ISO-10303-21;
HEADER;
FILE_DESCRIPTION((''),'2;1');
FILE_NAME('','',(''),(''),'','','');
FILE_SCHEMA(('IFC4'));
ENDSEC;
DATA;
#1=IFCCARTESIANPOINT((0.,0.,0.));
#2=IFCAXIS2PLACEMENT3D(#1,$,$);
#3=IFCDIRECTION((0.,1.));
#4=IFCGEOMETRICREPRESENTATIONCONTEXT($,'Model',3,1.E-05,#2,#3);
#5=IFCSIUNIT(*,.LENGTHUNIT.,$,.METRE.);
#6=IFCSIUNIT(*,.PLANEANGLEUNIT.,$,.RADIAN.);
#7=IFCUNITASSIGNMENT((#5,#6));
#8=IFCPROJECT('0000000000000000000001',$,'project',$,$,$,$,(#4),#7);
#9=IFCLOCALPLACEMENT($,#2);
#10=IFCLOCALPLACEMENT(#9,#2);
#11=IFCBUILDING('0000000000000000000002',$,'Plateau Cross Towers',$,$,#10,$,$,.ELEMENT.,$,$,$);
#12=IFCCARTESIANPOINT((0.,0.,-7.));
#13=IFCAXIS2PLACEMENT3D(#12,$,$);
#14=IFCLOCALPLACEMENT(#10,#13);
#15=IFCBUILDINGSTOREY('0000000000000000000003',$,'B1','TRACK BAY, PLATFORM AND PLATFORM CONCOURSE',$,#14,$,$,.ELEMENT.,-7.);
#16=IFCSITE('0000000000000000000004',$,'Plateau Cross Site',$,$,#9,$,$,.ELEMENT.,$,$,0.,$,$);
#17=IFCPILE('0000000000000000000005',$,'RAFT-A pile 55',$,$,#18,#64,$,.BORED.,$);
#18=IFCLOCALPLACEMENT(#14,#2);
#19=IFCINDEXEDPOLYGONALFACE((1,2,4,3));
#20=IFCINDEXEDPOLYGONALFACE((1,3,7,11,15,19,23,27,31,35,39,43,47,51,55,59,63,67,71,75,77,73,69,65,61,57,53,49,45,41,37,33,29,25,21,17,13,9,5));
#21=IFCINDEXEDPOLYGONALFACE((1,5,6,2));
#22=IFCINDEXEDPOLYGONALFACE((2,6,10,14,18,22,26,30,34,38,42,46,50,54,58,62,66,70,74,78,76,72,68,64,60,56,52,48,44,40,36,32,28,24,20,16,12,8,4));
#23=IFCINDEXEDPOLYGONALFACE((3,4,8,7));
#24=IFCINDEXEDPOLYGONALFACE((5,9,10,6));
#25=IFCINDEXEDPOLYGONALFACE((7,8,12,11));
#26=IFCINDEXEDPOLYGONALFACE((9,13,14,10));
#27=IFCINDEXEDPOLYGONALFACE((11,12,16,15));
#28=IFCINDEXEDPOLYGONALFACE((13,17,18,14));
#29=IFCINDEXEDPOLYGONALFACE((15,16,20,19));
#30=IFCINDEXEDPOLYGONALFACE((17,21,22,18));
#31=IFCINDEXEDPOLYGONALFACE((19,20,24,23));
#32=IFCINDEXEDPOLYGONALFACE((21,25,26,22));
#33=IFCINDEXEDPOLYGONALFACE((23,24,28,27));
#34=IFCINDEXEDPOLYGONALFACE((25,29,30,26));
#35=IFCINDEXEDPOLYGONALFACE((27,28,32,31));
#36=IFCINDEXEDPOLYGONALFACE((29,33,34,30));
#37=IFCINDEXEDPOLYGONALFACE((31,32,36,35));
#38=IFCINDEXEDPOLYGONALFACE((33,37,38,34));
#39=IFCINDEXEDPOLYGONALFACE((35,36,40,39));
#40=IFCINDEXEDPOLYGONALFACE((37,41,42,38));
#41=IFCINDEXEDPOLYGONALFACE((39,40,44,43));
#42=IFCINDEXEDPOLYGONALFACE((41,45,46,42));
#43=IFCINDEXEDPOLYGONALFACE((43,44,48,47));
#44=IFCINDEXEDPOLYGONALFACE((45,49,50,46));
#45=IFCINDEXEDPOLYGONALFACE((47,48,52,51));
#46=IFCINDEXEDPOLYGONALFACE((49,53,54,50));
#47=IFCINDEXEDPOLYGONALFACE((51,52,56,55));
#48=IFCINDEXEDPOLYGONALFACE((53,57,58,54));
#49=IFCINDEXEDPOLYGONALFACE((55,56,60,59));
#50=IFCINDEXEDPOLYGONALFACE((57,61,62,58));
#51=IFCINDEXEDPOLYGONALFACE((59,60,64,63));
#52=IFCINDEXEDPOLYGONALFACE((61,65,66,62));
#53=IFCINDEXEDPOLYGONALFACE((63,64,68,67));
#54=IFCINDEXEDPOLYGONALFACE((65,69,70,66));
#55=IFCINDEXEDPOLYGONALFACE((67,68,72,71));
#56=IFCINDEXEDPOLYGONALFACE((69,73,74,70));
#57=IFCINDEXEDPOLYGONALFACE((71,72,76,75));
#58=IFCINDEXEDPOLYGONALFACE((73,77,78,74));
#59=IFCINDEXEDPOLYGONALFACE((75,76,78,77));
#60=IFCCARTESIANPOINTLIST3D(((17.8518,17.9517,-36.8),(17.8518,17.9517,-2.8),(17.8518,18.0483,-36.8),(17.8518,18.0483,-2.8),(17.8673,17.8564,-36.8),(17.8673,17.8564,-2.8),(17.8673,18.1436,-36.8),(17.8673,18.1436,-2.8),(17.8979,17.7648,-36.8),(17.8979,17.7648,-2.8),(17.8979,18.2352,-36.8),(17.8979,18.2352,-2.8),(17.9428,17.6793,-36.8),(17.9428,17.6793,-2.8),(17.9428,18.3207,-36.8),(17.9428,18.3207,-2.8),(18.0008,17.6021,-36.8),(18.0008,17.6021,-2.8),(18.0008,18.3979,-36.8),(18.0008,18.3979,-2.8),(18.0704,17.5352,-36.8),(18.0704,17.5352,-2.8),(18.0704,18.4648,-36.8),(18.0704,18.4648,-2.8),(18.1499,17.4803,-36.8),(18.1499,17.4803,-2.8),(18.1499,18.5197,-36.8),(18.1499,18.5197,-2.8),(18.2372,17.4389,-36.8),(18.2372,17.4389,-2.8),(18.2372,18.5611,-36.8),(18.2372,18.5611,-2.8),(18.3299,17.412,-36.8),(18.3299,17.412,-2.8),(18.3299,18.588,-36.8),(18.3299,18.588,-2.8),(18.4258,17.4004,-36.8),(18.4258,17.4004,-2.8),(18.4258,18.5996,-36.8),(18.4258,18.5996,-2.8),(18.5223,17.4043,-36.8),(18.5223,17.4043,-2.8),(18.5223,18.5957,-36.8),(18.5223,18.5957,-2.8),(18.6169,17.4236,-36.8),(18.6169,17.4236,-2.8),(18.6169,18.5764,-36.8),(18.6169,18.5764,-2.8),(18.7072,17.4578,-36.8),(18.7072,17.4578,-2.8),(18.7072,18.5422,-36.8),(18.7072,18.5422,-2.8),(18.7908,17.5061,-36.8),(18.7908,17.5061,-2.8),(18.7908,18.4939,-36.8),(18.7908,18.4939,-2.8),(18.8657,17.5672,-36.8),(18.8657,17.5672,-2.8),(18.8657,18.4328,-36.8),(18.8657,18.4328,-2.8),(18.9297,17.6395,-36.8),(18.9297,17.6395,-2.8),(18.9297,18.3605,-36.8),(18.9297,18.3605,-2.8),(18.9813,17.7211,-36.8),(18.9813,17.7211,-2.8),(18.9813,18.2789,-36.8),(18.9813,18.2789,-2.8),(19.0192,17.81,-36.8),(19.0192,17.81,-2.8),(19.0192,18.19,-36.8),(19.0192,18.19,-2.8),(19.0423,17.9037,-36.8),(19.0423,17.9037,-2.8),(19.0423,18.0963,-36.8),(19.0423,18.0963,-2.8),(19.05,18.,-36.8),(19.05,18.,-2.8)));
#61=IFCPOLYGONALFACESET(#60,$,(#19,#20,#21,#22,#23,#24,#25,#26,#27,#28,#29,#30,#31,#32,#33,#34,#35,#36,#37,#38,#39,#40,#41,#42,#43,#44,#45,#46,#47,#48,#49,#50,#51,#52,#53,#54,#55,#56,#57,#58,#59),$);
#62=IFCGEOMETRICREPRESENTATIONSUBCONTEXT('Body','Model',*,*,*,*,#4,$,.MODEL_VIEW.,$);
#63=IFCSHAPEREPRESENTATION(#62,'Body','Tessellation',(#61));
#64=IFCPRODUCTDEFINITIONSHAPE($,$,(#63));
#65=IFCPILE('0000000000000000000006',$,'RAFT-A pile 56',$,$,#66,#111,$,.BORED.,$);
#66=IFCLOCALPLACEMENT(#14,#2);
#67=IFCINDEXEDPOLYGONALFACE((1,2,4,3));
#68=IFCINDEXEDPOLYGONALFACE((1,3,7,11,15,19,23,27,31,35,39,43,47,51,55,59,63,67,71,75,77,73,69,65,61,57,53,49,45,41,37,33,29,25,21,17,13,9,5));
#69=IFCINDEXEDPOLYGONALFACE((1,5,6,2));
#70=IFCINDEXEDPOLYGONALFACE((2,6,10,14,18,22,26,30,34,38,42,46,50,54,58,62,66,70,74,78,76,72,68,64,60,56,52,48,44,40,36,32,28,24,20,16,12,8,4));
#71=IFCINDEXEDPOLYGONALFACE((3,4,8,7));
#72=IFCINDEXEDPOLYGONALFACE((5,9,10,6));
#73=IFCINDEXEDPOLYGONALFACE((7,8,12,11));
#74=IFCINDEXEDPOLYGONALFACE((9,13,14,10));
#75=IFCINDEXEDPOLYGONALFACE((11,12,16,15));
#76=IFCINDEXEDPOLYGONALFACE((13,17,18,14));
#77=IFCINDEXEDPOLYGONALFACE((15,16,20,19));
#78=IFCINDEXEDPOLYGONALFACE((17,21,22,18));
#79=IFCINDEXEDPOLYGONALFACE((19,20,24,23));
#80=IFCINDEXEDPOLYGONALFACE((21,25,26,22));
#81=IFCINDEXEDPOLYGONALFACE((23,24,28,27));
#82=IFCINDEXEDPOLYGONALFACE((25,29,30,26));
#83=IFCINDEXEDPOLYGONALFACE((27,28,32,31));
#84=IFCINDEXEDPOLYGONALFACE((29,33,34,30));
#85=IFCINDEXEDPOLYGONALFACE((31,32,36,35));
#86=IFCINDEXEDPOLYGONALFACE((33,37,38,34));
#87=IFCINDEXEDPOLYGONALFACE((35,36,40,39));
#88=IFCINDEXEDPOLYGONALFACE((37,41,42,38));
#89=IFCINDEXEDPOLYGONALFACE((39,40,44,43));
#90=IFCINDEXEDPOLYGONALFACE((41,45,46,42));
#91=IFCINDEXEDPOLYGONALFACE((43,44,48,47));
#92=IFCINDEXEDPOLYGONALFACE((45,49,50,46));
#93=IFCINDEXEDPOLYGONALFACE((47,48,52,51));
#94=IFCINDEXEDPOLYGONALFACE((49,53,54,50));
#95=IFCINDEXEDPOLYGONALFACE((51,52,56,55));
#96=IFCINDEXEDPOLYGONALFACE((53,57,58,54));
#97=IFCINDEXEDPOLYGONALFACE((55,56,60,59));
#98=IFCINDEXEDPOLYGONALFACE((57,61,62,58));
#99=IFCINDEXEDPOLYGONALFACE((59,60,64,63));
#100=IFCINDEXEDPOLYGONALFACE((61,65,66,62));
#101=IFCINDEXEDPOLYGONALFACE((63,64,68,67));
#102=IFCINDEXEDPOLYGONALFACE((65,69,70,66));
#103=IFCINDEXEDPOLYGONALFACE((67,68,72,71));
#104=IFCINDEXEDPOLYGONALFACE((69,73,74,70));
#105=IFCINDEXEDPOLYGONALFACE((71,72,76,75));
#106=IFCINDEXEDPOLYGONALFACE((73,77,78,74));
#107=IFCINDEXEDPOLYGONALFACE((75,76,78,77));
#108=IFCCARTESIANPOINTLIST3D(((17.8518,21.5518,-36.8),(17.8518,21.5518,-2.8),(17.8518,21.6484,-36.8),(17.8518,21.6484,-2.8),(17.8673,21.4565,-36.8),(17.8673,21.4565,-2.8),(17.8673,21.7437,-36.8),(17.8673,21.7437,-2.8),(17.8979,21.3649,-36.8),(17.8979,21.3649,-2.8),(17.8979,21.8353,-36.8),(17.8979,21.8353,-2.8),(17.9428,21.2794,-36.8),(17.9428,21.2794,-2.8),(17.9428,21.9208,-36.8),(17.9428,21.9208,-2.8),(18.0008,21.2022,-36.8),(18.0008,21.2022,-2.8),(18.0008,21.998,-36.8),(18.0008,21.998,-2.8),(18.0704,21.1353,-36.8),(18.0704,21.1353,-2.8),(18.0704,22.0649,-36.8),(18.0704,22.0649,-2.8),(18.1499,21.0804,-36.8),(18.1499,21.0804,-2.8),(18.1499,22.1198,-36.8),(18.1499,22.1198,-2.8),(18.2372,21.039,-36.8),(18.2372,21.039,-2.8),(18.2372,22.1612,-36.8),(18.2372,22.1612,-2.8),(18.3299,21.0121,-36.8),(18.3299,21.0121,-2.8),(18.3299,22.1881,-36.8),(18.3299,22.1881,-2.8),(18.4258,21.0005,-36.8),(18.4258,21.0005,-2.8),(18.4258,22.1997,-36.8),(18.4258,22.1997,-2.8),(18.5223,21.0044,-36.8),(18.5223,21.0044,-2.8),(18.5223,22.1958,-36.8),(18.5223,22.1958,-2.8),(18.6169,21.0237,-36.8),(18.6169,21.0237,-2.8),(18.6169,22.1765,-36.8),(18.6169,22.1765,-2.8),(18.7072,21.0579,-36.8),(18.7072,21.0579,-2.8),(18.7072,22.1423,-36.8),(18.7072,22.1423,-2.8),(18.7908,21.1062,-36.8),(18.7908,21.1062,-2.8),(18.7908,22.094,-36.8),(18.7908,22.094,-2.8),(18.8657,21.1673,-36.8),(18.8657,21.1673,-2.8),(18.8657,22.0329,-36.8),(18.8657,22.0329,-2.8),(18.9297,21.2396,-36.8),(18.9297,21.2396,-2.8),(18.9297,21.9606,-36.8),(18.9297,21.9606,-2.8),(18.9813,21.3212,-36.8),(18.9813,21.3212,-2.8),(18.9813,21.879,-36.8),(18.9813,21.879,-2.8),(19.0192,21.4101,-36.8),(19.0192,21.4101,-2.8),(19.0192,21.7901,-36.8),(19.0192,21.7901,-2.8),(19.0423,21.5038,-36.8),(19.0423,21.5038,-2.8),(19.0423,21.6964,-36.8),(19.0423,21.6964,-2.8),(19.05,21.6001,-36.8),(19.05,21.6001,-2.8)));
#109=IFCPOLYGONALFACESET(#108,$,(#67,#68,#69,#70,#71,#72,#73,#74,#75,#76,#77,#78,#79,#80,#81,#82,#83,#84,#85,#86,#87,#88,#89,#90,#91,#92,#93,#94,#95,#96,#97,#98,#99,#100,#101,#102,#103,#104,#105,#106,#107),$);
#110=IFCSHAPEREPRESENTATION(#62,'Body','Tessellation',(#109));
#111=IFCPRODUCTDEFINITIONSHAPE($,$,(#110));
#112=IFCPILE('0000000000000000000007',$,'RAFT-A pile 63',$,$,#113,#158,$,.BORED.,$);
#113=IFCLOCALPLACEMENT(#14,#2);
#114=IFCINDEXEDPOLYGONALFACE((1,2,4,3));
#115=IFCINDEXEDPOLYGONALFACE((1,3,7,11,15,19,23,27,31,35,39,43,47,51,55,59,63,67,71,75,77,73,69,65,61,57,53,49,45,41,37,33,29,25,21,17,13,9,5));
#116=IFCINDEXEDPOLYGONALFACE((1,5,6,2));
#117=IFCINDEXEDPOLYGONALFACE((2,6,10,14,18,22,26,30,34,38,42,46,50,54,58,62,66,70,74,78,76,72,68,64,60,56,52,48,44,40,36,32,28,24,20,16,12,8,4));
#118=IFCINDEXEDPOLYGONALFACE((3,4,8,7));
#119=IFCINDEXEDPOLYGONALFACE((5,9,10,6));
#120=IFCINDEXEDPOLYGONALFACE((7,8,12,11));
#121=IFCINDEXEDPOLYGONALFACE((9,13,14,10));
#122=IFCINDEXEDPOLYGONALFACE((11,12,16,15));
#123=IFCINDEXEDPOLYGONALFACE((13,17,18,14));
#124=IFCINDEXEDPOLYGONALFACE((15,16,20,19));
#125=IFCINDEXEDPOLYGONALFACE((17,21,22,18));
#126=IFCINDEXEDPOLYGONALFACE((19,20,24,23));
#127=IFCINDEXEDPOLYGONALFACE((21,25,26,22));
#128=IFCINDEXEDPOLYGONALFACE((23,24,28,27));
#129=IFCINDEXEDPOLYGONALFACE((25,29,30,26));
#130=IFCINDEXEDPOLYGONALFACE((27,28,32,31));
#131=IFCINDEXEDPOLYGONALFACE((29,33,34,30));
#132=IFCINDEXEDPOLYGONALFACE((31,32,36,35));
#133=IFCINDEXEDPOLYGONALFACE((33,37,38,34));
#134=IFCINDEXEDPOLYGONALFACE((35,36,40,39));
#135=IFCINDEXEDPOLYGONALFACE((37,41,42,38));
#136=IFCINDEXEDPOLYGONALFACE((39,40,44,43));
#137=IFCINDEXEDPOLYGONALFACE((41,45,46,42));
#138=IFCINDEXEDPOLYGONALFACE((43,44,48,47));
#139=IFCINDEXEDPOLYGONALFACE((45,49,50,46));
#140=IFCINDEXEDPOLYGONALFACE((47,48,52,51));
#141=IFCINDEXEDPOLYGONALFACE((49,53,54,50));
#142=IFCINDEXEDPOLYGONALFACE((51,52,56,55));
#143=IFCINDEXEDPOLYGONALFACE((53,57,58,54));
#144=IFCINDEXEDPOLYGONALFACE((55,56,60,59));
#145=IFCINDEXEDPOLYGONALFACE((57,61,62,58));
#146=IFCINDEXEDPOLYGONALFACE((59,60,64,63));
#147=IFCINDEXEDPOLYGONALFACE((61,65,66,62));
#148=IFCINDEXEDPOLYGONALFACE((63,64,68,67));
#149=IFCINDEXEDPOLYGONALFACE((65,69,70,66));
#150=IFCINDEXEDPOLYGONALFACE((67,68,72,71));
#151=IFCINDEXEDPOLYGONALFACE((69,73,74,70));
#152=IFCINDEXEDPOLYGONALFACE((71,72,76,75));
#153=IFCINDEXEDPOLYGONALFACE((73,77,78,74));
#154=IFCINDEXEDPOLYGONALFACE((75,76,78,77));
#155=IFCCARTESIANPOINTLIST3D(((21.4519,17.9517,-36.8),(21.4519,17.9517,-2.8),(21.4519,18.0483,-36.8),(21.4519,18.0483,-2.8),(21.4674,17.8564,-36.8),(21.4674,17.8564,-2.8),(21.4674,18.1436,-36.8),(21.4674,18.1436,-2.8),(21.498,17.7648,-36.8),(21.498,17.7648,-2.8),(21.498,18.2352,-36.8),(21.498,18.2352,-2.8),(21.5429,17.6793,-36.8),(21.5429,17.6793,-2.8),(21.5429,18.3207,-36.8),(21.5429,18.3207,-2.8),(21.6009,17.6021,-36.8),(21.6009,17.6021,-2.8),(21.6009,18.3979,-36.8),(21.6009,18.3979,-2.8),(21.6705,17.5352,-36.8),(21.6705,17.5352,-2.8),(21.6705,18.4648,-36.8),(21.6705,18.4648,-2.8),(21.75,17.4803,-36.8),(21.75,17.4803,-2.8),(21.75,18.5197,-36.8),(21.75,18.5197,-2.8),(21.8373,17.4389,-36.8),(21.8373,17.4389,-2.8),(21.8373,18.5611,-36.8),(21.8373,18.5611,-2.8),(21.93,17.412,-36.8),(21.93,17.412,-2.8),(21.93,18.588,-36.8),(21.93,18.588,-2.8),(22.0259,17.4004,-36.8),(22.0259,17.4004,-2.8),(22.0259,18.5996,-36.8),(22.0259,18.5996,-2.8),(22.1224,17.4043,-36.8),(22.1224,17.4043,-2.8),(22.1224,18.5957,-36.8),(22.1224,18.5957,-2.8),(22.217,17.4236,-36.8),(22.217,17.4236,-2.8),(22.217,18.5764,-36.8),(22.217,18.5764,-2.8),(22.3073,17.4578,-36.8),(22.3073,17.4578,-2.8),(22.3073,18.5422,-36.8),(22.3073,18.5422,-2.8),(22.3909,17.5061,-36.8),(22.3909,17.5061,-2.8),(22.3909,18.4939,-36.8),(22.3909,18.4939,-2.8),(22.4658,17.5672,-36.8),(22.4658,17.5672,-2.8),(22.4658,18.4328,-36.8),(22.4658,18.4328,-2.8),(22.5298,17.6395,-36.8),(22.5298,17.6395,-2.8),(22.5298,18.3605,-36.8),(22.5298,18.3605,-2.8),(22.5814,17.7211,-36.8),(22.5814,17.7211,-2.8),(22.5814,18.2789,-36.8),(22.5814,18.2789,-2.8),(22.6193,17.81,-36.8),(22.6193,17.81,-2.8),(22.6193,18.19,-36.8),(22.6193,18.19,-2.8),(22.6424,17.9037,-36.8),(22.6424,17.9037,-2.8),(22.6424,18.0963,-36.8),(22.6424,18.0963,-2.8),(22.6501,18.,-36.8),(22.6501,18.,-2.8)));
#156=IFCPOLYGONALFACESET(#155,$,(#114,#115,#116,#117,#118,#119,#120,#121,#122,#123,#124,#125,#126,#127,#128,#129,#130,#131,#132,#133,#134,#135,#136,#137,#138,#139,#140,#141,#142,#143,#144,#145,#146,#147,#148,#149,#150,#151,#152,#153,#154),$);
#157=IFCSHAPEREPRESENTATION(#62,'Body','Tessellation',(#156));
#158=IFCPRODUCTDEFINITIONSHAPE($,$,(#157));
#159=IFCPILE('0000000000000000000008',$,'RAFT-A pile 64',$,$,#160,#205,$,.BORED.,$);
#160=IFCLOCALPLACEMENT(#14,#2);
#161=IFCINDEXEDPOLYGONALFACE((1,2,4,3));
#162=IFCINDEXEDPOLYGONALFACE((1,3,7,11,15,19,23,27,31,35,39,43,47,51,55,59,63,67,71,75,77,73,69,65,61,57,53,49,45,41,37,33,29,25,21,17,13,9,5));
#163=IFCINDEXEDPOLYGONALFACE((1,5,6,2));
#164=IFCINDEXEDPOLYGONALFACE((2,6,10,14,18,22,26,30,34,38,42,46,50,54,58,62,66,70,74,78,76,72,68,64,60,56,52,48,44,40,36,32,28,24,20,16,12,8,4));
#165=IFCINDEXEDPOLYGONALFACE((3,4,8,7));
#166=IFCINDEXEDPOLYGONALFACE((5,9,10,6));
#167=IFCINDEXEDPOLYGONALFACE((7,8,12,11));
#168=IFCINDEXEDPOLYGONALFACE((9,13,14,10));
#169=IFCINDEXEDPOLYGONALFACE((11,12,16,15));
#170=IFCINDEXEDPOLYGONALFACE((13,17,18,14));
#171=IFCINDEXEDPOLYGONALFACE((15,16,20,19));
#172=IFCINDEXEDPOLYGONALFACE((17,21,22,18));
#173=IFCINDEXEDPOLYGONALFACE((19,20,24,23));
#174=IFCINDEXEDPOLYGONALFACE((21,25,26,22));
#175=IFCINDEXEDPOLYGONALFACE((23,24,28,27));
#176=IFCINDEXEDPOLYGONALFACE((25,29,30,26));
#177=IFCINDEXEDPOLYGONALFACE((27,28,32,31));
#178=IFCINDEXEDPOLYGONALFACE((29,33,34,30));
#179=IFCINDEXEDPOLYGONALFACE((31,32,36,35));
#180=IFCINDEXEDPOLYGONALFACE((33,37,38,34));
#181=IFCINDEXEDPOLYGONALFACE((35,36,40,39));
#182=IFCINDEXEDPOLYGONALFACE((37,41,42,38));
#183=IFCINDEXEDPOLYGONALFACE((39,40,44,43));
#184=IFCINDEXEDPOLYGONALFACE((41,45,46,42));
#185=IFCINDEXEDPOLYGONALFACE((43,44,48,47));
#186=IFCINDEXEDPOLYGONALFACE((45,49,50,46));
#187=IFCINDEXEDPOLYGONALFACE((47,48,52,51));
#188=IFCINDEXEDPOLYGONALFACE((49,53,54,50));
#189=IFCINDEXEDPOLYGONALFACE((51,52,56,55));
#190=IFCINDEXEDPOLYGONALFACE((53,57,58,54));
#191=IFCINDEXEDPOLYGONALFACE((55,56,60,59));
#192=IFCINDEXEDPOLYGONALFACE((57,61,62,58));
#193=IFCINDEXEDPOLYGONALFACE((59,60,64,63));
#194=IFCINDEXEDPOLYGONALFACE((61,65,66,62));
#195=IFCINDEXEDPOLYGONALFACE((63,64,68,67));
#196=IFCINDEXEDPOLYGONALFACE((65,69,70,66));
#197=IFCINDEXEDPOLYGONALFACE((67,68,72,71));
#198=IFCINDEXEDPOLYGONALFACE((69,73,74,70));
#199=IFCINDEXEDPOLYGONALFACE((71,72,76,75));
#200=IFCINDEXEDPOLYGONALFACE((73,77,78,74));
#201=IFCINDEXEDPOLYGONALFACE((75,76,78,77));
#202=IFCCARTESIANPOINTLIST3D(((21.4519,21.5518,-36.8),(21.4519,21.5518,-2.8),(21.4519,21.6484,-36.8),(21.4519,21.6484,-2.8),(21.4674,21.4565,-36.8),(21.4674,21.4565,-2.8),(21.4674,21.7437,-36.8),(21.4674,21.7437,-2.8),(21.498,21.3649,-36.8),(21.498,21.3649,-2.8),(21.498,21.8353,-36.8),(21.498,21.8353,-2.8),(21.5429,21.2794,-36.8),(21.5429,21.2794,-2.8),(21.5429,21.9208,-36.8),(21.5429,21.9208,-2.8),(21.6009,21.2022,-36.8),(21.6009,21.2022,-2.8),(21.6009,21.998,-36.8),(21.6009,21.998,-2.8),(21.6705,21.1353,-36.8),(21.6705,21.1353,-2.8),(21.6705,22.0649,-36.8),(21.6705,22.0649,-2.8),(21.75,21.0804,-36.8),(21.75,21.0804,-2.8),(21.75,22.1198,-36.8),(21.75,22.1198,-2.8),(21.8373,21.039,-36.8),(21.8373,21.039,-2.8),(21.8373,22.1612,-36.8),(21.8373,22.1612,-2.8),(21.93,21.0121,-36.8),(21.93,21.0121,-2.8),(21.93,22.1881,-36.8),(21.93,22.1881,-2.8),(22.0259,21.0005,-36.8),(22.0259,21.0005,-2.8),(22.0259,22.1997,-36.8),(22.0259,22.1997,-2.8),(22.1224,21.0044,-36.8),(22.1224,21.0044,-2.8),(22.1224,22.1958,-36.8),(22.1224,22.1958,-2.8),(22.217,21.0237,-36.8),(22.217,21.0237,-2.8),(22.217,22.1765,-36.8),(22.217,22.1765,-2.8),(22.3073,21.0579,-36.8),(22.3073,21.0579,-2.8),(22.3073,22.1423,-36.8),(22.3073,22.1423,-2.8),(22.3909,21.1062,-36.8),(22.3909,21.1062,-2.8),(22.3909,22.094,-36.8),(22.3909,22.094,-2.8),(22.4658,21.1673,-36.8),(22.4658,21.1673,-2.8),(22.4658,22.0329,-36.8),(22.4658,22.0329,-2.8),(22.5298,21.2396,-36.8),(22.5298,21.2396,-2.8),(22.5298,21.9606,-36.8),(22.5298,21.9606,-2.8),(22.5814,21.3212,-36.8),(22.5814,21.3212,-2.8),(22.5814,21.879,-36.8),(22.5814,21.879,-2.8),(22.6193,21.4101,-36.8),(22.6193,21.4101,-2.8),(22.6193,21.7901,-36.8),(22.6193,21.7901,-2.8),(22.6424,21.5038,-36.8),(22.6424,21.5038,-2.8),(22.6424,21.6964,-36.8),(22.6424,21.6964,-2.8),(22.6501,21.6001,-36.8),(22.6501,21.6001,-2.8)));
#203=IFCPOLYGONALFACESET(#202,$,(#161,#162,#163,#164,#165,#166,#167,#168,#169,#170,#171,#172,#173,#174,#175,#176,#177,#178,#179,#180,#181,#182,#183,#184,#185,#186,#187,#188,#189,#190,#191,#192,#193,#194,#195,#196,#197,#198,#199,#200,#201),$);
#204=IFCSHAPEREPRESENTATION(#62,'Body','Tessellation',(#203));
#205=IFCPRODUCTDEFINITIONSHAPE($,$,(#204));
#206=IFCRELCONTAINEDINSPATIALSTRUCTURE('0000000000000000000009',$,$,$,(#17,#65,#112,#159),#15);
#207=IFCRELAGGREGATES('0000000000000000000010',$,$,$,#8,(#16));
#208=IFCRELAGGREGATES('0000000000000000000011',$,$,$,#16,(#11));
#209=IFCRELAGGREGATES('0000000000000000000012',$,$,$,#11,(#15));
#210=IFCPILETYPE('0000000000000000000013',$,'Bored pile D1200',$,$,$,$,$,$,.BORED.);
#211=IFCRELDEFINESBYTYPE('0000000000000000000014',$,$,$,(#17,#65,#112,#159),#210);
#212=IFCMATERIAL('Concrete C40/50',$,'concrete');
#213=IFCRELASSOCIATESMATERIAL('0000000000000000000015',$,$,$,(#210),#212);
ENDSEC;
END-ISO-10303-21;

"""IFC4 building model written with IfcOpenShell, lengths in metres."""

from ifc_helpers import new_model, si_unit, direction, frame, origin, origin_2d, place, context, subcontext, project, spatial, circle, extrude, material, material_profile, profile_set, type_object, element, save


model = new_model("IFC4")

# Units and contexts
model_context = context("Model", 3, precision=1e-05, world=origin(), true_north=direction((0.0, 1.0)))
body_context = subcontext(model_context, "Body", "Model", "MODEL_VIEW")
ifc_project = project(units=[si_unit("LENGTHUNIT", "METRE"), si_unit("PLANEANGLEUNIT", "RADIAN")], contexts=[model_context])

# Site, building, storey
site_placement = place(None, origin())
site = spatial("IfcSite", under=ifc_project, at=site_placement, Name="Plateau Cross Site", CompositionType="ELEMENT", RefElevation=0.0)
building_placement = place(site_placement, origin())
building = spatial("IfcBuilding", under=site, at=building_placement, Name="Plateau Cross Towers", CompositionType="ELEMENT")
storey_placement = place(building_placement, frame((0.0, 0.0, -7.0)))
storey = spatial("IfcBuildingStorey", under=building, at=storey_placement, Name="B1", Description="TRACK BAY, PLATFORM AND PLATFORM CONCOURSE", CompositionType="ELEMENT", Elevation=-7.0)

# Piles
ifc_material_1 = material(Name="Concrete C40/50", Category="concrete")
ifc_material_profile_1 = material_profile(ifc_material_1, circle(Radius=0.6001, at=origin_2d()), Name="Bored pile D1200")
ifc_profile_set_1 = profile_set([ifc_material_profile_1], Name="Concrete C40/50")
pile_type = type_object("IfcPileType", Name="Bored pile D1200", PredefinedType="BORED", material=ifc_profile_set_1)
for number, where, z_axis, x_axis, name in (
    (1, (18.45, 18.0, -2.8), (0.0, 0.0, -1.0), (1.0, 0.0, 0.0), "RAFT-A pile 55"),
    (2, (18.45, 21.6001, -2.8), (0.0, 0.0, -1.0), (1.0, 0.0, 0.0), "RAFT-A pile 56"),
    (3, (22.05, 18.0, -2.8), (0.0, 0.0, -1.0), (1.0, 0.0, 0.0), "RAFT-A pile 63"),
    (4, (22.05, 21.6001, -2.8), (0.0, 0.0, -1.0), (1.0, 0.0, 0.0), "RAFT-A pile 64"),
):
    element("IfcPile", number, at=place(storey_placement, frame(where, z_axis=z_axis, x_axis=x_axis)), inside=storey, type_object=pile_type, Name=name, PredefinedType="BORED", context=body_context, shape_type="SweptSolid", body=[
        extrude(circle(Radius=0.6001, at=origin_2d()), origin(), (0.0, 0.0, 1.0), 34.0),
    ])

save(model, "model.ifc")
